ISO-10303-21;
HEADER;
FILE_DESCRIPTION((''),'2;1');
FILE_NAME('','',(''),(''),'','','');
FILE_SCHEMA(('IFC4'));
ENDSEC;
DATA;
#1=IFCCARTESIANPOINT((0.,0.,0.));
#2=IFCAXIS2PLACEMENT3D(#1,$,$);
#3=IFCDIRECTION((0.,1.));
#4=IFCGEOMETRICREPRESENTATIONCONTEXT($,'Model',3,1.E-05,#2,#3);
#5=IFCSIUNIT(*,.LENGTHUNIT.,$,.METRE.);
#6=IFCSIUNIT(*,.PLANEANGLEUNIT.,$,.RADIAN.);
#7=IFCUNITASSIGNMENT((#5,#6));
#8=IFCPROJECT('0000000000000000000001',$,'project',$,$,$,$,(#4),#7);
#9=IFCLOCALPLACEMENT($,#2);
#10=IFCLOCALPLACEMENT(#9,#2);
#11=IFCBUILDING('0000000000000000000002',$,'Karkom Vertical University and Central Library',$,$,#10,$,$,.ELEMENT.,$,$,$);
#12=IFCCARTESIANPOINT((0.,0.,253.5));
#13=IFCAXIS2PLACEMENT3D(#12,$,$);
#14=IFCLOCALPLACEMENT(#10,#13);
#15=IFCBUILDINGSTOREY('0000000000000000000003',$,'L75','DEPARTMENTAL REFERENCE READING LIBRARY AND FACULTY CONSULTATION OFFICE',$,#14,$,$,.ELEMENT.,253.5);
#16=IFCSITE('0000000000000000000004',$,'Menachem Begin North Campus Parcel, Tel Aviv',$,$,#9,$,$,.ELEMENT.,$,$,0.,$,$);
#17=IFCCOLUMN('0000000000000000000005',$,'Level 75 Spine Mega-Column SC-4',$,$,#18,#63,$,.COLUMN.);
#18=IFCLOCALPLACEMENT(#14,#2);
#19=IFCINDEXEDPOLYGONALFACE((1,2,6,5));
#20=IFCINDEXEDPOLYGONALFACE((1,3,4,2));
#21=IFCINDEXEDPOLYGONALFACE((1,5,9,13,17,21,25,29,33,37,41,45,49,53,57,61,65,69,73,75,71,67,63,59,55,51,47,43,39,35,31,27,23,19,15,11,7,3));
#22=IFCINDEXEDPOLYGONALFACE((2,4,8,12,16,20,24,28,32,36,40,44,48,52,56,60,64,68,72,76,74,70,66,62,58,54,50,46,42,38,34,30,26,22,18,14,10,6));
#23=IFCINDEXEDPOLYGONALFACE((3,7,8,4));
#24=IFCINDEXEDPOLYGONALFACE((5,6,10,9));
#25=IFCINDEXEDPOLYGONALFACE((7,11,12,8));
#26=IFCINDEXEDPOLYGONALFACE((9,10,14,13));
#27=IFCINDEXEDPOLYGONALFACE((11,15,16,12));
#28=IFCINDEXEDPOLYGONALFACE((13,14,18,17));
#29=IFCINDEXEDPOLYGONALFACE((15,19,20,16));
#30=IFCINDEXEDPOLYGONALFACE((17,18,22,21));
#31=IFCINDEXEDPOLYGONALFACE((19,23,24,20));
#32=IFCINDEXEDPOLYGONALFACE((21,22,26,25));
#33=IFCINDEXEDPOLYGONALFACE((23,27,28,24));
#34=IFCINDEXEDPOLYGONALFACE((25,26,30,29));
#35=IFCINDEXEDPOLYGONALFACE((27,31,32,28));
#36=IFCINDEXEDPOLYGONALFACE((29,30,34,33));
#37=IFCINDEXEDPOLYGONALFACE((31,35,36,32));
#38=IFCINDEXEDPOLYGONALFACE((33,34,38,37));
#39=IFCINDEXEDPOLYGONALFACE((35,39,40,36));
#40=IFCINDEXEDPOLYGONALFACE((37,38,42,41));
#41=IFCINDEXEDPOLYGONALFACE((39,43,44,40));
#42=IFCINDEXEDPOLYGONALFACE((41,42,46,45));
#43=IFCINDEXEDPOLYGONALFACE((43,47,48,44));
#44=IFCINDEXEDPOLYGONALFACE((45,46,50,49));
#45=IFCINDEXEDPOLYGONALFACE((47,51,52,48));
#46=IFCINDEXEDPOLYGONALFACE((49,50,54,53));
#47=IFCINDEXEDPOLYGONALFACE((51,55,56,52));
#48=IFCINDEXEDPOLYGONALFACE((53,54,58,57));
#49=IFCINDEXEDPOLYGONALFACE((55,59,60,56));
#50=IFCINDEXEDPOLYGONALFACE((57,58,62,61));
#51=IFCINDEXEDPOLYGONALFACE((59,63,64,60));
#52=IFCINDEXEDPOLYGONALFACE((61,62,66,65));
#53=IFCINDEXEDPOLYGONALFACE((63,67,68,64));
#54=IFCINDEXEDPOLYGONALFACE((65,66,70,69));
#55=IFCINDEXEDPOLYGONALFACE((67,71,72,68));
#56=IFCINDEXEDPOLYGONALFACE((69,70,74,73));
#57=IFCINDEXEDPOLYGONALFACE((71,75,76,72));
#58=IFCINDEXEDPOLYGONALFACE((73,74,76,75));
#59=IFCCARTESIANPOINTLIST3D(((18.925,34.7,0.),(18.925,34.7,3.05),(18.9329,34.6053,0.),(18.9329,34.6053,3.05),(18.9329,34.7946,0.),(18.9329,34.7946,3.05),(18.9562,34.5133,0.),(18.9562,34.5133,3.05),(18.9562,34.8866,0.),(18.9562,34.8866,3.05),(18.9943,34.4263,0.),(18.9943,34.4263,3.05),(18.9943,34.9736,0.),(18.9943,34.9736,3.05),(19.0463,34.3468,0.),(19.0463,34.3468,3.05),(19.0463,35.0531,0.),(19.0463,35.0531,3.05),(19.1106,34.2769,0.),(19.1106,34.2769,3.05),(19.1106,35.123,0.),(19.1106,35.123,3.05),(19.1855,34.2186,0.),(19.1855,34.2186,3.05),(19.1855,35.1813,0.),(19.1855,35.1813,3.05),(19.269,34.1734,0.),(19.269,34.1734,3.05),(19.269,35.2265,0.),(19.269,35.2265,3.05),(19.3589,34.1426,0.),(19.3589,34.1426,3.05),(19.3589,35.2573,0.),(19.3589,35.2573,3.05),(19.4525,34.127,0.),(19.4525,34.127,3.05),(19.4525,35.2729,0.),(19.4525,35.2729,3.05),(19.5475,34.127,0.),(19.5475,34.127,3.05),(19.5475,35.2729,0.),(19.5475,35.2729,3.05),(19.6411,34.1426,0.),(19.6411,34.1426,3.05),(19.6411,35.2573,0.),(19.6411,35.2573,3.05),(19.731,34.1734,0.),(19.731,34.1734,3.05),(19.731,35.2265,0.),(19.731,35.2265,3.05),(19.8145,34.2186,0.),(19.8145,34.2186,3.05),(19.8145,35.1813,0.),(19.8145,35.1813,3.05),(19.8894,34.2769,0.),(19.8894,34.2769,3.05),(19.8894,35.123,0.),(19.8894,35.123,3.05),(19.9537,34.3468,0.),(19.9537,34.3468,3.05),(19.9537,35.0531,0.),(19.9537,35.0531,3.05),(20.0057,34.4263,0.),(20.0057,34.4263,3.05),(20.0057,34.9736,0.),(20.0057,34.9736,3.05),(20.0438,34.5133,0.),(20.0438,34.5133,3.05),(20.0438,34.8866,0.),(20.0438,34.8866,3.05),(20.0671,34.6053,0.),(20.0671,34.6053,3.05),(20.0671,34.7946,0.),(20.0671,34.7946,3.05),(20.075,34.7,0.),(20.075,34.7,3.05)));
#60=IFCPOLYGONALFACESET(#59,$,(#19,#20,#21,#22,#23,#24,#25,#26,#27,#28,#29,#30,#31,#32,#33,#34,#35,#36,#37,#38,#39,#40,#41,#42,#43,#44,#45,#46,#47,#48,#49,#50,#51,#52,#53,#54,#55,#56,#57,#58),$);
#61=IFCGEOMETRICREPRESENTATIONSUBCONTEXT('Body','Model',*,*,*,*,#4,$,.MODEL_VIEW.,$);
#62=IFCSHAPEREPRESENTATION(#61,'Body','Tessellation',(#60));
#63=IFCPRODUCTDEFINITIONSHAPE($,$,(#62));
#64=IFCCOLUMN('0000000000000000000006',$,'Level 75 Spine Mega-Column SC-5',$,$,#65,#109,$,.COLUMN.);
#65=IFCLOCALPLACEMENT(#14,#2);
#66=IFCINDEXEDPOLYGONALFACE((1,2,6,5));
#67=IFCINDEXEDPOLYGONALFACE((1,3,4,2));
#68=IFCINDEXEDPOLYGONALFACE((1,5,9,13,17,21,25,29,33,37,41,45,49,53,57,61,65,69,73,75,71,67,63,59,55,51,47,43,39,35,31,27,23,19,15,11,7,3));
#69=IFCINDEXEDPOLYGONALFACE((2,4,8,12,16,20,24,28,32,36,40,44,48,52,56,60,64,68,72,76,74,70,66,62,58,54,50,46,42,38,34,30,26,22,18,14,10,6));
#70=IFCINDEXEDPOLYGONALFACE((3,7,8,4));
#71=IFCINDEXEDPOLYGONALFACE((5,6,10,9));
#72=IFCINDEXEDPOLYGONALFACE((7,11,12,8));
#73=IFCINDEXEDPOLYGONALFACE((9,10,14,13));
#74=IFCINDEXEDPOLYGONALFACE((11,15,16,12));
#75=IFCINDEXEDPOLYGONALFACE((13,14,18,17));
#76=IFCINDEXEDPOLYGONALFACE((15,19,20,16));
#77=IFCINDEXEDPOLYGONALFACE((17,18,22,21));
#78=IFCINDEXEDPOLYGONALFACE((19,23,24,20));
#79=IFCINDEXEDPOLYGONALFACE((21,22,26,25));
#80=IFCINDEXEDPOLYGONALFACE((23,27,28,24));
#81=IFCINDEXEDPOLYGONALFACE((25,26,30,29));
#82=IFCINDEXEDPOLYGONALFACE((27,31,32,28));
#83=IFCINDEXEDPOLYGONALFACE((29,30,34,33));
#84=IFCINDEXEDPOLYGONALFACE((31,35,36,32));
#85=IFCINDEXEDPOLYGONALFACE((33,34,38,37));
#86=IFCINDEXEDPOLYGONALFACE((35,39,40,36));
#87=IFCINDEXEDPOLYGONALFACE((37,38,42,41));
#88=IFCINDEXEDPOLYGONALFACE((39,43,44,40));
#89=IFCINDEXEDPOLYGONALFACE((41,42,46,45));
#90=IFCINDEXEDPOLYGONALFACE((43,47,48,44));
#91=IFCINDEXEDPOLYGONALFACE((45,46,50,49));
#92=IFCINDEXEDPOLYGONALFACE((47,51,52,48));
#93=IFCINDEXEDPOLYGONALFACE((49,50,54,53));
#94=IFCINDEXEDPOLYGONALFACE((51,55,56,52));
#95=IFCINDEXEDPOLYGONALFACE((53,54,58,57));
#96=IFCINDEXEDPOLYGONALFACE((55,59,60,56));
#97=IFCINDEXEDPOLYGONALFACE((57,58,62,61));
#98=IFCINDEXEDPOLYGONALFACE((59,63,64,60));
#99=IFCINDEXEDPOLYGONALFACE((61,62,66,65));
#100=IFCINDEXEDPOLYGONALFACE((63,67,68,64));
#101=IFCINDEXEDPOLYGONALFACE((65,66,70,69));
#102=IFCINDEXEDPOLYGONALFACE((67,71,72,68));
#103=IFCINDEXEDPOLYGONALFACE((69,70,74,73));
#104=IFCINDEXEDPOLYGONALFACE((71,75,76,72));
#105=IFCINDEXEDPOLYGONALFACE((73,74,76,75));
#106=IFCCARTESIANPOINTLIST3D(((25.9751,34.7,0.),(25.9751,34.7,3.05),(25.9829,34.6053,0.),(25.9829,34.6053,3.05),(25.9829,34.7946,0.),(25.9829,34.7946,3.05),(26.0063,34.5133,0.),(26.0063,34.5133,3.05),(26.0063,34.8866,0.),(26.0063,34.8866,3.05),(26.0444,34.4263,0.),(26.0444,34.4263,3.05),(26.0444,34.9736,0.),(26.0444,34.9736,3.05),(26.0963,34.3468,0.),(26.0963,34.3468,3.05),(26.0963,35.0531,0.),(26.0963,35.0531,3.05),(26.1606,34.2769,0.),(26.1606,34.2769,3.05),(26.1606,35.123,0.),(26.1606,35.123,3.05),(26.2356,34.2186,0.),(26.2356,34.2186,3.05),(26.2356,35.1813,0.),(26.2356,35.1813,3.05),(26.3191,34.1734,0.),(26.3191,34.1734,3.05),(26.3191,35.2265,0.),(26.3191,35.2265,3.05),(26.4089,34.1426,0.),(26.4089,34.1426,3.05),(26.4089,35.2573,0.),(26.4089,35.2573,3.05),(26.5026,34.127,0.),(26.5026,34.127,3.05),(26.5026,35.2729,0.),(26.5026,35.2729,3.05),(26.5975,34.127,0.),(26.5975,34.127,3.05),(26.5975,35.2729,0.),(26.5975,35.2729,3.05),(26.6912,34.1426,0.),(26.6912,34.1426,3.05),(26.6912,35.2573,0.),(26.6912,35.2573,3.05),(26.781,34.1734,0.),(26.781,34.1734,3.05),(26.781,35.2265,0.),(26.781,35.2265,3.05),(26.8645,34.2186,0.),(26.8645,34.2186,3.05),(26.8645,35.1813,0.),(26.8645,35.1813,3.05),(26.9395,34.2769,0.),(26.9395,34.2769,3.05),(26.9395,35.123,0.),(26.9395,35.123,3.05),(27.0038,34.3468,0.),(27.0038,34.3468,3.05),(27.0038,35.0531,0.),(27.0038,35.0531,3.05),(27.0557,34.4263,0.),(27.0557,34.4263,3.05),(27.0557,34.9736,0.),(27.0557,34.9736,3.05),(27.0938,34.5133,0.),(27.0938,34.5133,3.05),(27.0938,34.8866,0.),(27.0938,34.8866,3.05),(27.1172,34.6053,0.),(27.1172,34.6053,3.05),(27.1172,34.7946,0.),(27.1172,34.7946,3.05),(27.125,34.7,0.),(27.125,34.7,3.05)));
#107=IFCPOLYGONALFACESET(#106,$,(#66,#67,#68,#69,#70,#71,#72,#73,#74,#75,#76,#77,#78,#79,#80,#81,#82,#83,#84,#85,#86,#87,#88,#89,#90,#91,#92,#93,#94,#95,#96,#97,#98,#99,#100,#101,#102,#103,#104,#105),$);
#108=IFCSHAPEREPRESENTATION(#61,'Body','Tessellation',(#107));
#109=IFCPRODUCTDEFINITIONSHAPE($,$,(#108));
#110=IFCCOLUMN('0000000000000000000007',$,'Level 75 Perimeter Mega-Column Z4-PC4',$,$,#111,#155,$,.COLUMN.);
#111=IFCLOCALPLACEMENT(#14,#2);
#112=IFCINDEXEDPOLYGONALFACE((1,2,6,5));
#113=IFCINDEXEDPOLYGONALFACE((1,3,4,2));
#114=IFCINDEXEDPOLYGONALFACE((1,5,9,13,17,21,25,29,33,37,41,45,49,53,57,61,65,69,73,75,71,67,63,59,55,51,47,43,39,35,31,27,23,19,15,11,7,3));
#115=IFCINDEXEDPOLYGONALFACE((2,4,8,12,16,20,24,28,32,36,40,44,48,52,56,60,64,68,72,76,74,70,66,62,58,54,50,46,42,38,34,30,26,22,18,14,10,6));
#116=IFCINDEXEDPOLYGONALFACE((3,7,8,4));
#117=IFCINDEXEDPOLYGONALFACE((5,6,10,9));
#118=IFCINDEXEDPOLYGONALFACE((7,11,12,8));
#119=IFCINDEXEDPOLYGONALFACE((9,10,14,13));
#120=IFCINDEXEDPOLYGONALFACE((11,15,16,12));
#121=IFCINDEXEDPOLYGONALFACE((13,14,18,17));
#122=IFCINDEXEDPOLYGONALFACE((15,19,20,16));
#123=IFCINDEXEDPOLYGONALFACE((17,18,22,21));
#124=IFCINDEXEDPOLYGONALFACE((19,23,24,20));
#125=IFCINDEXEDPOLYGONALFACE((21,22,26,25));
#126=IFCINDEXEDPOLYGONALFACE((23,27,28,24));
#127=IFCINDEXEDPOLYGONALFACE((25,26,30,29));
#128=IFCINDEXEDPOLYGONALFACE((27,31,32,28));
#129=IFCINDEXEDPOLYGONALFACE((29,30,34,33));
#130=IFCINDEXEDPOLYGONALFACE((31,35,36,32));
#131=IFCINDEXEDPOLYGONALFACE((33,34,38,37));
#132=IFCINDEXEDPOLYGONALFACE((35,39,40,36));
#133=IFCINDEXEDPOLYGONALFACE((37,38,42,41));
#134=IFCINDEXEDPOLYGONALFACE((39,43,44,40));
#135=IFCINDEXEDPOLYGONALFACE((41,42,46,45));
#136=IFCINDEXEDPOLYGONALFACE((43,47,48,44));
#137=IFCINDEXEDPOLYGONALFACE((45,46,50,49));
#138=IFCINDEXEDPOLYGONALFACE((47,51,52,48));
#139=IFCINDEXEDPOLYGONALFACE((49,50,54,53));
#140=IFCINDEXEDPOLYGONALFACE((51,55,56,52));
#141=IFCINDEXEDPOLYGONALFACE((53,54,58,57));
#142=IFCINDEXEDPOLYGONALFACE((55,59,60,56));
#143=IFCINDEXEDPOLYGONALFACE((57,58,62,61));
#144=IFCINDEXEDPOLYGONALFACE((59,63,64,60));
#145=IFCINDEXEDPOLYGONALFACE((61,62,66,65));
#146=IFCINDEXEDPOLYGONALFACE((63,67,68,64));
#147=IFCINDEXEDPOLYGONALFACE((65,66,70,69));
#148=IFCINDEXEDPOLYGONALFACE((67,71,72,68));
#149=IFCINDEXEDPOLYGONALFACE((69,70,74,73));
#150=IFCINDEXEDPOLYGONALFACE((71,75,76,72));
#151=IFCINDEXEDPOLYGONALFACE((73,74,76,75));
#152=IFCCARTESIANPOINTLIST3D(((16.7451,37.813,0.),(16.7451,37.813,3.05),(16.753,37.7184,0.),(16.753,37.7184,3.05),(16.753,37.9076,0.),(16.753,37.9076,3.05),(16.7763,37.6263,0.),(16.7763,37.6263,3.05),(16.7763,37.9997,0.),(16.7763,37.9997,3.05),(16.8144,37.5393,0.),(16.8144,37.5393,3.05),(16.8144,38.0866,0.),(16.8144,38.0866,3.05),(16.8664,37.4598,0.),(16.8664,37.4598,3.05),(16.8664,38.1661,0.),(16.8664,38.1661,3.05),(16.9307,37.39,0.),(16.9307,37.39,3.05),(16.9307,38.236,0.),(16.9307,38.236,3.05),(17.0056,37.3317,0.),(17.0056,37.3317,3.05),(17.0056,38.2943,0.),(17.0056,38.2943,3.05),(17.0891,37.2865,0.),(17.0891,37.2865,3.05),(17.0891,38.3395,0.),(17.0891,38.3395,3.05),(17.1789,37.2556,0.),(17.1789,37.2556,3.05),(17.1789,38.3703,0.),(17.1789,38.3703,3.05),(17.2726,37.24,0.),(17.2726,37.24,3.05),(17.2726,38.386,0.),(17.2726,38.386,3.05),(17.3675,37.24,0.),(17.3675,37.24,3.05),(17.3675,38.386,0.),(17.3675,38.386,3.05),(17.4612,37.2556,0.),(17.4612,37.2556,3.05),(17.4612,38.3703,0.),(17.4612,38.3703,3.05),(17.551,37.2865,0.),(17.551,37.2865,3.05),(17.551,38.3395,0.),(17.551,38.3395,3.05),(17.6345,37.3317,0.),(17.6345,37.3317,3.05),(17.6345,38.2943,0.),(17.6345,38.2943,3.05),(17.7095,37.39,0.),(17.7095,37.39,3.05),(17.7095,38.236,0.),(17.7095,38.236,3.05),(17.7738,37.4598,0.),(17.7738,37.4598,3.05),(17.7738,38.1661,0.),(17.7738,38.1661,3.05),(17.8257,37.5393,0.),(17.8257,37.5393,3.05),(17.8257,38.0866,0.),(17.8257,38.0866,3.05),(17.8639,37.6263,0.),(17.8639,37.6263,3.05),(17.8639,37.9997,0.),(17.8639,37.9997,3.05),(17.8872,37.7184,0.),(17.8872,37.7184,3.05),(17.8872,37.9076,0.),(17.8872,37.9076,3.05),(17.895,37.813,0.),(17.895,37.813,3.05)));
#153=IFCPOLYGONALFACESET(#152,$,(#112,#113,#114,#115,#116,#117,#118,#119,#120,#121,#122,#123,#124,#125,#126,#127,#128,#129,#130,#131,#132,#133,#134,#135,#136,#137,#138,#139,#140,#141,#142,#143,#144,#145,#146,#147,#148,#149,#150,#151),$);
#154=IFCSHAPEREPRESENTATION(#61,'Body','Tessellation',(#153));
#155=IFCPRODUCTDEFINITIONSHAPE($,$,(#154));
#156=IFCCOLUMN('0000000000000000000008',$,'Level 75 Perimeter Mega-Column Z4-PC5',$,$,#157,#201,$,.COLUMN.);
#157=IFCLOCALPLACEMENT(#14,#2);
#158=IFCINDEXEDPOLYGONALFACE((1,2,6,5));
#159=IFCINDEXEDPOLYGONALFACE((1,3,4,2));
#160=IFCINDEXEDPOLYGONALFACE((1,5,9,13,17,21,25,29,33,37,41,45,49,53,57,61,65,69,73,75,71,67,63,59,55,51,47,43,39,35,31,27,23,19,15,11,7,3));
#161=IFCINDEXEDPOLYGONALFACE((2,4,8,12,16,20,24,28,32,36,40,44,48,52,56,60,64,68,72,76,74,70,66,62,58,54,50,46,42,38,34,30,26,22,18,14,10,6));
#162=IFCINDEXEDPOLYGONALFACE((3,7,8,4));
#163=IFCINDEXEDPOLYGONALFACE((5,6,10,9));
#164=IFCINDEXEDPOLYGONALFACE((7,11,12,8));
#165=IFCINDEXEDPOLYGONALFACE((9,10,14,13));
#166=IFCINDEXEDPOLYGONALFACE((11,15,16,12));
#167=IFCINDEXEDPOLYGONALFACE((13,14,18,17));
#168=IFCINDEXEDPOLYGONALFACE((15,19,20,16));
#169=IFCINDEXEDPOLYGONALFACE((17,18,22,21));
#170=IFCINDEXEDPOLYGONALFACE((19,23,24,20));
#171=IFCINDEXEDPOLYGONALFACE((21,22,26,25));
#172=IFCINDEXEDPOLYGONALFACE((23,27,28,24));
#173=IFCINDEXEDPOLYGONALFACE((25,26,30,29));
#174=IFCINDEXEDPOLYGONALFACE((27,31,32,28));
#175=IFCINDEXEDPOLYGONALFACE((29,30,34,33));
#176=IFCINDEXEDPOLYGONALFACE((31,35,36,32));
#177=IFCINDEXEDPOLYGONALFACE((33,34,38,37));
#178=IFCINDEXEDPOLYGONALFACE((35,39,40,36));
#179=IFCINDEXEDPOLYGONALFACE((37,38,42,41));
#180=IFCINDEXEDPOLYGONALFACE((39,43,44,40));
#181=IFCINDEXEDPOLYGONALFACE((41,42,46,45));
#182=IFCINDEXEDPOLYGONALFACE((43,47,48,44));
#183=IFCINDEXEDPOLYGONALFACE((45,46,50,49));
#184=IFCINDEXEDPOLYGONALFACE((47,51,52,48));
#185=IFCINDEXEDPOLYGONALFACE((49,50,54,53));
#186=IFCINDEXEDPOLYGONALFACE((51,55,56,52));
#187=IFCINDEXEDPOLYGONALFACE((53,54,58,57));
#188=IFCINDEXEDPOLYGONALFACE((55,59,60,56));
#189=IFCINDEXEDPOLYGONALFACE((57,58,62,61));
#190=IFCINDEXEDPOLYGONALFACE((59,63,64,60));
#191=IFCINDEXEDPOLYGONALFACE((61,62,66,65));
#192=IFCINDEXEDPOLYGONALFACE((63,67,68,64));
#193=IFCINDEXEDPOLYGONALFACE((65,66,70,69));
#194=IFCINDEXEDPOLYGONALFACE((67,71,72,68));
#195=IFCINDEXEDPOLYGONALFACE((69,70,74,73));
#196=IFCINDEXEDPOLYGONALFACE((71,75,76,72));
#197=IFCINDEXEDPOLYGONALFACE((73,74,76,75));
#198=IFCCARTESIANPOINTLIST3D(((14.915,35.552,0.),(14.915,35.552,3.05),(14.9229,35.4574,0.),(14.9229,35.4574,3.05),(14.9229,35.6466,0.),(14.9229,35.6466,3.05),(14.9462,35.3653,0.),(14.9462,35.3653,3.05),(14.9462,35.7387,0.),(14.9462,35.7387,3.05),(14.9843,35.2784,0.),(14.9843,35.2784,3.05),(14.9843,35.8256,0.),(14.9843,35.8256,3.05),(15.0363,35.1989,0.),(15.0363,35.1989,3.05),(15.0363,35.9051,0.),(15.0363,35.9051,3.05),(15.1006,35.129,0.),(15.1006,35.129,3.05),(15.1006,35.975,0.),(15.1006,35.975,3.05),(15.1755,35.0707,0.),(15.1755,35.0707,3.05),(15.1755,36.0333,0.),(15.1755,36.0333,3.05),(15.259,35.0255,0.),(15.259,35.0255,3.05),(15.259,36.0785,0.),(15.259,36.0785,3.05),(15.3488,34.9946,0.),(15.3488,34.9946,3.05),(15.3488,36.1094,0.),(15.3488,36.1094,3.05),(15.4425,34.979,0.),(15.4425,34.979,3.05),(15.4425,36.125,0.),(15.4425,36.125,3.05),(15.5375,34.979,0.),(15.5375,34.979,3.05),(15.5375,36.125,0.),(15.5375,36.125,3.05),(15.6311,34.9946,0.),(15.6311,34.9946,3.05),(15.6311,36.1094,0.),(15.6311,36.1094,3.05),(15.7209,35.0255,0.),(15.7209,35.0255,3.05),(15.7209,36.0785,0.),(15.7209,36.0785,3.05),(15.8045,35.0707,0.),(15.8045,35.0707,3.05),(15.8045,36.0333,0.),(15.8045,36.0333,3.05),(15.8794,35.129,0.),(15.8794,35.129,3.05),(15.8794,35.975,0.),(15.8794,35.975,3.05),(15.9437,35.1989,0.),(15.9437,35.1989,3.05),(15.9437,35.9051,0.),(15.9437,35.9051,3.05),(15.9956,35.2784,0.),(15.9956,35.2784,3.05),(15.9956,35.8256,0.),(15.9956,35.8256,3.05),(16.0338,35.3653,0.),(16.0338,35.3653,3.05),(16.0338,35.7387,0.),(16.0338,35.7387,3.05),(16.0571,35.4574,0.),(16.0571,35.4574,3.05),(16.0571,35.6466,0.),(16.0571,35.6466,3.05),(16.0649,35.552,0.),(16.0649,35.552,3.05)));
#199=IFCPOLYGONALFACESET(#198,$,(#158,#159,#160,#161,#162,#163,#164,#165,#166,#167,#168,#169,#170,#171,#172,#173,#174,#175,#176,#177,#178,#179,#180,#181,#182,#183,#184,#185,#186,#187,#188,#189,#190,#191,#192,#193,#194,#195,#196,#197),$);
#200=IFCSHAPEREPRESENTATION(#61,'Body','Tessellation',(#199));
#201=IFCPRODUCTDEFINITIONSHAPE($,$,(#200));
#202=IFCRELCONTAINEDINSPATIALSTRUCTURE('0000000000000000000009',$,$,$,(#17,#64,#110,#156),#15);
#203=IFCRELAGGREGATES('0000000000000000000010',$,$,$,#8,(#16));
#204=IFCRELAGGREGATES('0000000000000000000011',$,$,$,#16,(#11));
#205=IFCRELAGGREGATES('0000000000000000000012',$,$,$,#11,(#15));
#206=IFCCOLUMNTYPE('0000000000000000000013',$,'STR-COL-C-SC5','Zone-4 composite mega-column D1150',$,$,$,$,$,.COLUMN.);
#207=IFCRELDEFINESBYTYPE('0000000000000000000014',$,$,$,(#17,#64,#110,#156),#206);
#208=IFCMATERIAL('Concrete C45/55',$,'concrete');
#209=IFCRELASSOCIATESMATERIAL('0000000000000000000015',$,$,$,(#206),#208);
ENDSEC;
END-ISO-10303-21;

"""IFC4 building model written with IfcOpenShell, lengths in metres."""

from ifc_helpers import new_model, si_unit, direction, frame, origin, origin_with_axes, origin_2d, place, context, subcontext, project, spatial, circle, extrude, source, transform, mapped, material, material_profile, profile_set, type_object, element, save


model = new_model("IFC4")

# Units and contexts
model_context = context("Model", 3, precision=1e-05, world=origin(), true_north=direction((0.0, 1.0)))
body_context = subcontext(model_context, "Body", "Model", "MODEL_VIEW")
ifc_project = project(units=[si_unit("LENGTHUNIT", "METRE"), si_unit("PLANEANGLEUNIT", "RADIAN")], contexts=[model_context])

# Site, building, storey
site_placement = place(None, origin())
site = spatial("IfcSite", under=ifc_project, at=site_placement, Name="Menachem Begin North Campus Parcel, Tel Aviv", CompositionType="ELEMENT", RefElevation=0.0)
building_placement = place(site_placement, origin())
building = spatial("IfcBuilding", under=site, at=building_placement, Name="Karkom Vertical University and Central Library", CompositionType="ELEMENT")
storey_placement = place(building_placement, frame((0.0, 0.0, 253.5)))
storey = spatial("IfcBuildingStorey", under=building, at=storey_placement, Name="L75", Description="DEPARTMENTAL REFERENCE READING LIBRARY AND FACULTY CONSULTATION OFFICE", CompositionType="ELEMENT", Elevation=253.5)

# Columns
ifc_material_1 = material(Name="Concrete C45/55", Category="concrete")
ifc_material_profile_1 = material_profile(ifc_material_1, circle(Radius=0.575, at=origin_2d()), Name="CFT-D1150")
ifc_profile_set_1 = profile_set([ifc_material_profile_1], Name="Concrete C45/55")
column_type = type_object("IfcColumnType", Name="STR-COL-C-SC5", Description="Zone-4 composite mega-column D1150", PredefinedType="COLUMN", material=ifc_profile_set_1)
shared_shape_1 = source(origin_with_axes(), body_context, "Body", "SweptSolid", [
    extrude(circle(Radius=0.575, at=origin_2d()), origin(), (0.0, 0.0, 1.0), 3.05),
])
for number, where, z_axis, x_axis, name in (
    (1, (19.5, 34.7, 0.0), (0.0, 0.0, 1.0), (1.0, 0.0, 0.0), "Level 75 Spine Mega-Column SC-4"),
    (2, (26.55, 34.7, 0.0), (0.0, 0.0, 1.0), (1.0, 0.0, 0.0), "Level 75 Spine Mega-Column SC-5"),
    (3, (17.3201, 37.813, 0.0), (0.0, 0.0, 1.0), (1.0, 0.0, 0.0), "Level 75 Perimeter Mega-Column Z4-PC4"),
    (4, (15.49, 35.552, 0.0), (0.0, 0.0, 1.0), (1.0, 0.0, 0.0), "Level 75 Perimeter Mega-Column Z4-PC5"),
):
    element("IfcColumn", number, at=place(storey_placement, frame(where, z_axis=z_axis, x_axis=x_axis)), inside=storey, type_object=column_type, Name=name, PredefinedType="COLUMN", context=body_context, shape_type="MappedRepresentation", body=[
        mapped(shared_shape_1, transform((0.0, 0.0, 0.0), scale=1.0)),
    ])

save(model, "model.ifc")
